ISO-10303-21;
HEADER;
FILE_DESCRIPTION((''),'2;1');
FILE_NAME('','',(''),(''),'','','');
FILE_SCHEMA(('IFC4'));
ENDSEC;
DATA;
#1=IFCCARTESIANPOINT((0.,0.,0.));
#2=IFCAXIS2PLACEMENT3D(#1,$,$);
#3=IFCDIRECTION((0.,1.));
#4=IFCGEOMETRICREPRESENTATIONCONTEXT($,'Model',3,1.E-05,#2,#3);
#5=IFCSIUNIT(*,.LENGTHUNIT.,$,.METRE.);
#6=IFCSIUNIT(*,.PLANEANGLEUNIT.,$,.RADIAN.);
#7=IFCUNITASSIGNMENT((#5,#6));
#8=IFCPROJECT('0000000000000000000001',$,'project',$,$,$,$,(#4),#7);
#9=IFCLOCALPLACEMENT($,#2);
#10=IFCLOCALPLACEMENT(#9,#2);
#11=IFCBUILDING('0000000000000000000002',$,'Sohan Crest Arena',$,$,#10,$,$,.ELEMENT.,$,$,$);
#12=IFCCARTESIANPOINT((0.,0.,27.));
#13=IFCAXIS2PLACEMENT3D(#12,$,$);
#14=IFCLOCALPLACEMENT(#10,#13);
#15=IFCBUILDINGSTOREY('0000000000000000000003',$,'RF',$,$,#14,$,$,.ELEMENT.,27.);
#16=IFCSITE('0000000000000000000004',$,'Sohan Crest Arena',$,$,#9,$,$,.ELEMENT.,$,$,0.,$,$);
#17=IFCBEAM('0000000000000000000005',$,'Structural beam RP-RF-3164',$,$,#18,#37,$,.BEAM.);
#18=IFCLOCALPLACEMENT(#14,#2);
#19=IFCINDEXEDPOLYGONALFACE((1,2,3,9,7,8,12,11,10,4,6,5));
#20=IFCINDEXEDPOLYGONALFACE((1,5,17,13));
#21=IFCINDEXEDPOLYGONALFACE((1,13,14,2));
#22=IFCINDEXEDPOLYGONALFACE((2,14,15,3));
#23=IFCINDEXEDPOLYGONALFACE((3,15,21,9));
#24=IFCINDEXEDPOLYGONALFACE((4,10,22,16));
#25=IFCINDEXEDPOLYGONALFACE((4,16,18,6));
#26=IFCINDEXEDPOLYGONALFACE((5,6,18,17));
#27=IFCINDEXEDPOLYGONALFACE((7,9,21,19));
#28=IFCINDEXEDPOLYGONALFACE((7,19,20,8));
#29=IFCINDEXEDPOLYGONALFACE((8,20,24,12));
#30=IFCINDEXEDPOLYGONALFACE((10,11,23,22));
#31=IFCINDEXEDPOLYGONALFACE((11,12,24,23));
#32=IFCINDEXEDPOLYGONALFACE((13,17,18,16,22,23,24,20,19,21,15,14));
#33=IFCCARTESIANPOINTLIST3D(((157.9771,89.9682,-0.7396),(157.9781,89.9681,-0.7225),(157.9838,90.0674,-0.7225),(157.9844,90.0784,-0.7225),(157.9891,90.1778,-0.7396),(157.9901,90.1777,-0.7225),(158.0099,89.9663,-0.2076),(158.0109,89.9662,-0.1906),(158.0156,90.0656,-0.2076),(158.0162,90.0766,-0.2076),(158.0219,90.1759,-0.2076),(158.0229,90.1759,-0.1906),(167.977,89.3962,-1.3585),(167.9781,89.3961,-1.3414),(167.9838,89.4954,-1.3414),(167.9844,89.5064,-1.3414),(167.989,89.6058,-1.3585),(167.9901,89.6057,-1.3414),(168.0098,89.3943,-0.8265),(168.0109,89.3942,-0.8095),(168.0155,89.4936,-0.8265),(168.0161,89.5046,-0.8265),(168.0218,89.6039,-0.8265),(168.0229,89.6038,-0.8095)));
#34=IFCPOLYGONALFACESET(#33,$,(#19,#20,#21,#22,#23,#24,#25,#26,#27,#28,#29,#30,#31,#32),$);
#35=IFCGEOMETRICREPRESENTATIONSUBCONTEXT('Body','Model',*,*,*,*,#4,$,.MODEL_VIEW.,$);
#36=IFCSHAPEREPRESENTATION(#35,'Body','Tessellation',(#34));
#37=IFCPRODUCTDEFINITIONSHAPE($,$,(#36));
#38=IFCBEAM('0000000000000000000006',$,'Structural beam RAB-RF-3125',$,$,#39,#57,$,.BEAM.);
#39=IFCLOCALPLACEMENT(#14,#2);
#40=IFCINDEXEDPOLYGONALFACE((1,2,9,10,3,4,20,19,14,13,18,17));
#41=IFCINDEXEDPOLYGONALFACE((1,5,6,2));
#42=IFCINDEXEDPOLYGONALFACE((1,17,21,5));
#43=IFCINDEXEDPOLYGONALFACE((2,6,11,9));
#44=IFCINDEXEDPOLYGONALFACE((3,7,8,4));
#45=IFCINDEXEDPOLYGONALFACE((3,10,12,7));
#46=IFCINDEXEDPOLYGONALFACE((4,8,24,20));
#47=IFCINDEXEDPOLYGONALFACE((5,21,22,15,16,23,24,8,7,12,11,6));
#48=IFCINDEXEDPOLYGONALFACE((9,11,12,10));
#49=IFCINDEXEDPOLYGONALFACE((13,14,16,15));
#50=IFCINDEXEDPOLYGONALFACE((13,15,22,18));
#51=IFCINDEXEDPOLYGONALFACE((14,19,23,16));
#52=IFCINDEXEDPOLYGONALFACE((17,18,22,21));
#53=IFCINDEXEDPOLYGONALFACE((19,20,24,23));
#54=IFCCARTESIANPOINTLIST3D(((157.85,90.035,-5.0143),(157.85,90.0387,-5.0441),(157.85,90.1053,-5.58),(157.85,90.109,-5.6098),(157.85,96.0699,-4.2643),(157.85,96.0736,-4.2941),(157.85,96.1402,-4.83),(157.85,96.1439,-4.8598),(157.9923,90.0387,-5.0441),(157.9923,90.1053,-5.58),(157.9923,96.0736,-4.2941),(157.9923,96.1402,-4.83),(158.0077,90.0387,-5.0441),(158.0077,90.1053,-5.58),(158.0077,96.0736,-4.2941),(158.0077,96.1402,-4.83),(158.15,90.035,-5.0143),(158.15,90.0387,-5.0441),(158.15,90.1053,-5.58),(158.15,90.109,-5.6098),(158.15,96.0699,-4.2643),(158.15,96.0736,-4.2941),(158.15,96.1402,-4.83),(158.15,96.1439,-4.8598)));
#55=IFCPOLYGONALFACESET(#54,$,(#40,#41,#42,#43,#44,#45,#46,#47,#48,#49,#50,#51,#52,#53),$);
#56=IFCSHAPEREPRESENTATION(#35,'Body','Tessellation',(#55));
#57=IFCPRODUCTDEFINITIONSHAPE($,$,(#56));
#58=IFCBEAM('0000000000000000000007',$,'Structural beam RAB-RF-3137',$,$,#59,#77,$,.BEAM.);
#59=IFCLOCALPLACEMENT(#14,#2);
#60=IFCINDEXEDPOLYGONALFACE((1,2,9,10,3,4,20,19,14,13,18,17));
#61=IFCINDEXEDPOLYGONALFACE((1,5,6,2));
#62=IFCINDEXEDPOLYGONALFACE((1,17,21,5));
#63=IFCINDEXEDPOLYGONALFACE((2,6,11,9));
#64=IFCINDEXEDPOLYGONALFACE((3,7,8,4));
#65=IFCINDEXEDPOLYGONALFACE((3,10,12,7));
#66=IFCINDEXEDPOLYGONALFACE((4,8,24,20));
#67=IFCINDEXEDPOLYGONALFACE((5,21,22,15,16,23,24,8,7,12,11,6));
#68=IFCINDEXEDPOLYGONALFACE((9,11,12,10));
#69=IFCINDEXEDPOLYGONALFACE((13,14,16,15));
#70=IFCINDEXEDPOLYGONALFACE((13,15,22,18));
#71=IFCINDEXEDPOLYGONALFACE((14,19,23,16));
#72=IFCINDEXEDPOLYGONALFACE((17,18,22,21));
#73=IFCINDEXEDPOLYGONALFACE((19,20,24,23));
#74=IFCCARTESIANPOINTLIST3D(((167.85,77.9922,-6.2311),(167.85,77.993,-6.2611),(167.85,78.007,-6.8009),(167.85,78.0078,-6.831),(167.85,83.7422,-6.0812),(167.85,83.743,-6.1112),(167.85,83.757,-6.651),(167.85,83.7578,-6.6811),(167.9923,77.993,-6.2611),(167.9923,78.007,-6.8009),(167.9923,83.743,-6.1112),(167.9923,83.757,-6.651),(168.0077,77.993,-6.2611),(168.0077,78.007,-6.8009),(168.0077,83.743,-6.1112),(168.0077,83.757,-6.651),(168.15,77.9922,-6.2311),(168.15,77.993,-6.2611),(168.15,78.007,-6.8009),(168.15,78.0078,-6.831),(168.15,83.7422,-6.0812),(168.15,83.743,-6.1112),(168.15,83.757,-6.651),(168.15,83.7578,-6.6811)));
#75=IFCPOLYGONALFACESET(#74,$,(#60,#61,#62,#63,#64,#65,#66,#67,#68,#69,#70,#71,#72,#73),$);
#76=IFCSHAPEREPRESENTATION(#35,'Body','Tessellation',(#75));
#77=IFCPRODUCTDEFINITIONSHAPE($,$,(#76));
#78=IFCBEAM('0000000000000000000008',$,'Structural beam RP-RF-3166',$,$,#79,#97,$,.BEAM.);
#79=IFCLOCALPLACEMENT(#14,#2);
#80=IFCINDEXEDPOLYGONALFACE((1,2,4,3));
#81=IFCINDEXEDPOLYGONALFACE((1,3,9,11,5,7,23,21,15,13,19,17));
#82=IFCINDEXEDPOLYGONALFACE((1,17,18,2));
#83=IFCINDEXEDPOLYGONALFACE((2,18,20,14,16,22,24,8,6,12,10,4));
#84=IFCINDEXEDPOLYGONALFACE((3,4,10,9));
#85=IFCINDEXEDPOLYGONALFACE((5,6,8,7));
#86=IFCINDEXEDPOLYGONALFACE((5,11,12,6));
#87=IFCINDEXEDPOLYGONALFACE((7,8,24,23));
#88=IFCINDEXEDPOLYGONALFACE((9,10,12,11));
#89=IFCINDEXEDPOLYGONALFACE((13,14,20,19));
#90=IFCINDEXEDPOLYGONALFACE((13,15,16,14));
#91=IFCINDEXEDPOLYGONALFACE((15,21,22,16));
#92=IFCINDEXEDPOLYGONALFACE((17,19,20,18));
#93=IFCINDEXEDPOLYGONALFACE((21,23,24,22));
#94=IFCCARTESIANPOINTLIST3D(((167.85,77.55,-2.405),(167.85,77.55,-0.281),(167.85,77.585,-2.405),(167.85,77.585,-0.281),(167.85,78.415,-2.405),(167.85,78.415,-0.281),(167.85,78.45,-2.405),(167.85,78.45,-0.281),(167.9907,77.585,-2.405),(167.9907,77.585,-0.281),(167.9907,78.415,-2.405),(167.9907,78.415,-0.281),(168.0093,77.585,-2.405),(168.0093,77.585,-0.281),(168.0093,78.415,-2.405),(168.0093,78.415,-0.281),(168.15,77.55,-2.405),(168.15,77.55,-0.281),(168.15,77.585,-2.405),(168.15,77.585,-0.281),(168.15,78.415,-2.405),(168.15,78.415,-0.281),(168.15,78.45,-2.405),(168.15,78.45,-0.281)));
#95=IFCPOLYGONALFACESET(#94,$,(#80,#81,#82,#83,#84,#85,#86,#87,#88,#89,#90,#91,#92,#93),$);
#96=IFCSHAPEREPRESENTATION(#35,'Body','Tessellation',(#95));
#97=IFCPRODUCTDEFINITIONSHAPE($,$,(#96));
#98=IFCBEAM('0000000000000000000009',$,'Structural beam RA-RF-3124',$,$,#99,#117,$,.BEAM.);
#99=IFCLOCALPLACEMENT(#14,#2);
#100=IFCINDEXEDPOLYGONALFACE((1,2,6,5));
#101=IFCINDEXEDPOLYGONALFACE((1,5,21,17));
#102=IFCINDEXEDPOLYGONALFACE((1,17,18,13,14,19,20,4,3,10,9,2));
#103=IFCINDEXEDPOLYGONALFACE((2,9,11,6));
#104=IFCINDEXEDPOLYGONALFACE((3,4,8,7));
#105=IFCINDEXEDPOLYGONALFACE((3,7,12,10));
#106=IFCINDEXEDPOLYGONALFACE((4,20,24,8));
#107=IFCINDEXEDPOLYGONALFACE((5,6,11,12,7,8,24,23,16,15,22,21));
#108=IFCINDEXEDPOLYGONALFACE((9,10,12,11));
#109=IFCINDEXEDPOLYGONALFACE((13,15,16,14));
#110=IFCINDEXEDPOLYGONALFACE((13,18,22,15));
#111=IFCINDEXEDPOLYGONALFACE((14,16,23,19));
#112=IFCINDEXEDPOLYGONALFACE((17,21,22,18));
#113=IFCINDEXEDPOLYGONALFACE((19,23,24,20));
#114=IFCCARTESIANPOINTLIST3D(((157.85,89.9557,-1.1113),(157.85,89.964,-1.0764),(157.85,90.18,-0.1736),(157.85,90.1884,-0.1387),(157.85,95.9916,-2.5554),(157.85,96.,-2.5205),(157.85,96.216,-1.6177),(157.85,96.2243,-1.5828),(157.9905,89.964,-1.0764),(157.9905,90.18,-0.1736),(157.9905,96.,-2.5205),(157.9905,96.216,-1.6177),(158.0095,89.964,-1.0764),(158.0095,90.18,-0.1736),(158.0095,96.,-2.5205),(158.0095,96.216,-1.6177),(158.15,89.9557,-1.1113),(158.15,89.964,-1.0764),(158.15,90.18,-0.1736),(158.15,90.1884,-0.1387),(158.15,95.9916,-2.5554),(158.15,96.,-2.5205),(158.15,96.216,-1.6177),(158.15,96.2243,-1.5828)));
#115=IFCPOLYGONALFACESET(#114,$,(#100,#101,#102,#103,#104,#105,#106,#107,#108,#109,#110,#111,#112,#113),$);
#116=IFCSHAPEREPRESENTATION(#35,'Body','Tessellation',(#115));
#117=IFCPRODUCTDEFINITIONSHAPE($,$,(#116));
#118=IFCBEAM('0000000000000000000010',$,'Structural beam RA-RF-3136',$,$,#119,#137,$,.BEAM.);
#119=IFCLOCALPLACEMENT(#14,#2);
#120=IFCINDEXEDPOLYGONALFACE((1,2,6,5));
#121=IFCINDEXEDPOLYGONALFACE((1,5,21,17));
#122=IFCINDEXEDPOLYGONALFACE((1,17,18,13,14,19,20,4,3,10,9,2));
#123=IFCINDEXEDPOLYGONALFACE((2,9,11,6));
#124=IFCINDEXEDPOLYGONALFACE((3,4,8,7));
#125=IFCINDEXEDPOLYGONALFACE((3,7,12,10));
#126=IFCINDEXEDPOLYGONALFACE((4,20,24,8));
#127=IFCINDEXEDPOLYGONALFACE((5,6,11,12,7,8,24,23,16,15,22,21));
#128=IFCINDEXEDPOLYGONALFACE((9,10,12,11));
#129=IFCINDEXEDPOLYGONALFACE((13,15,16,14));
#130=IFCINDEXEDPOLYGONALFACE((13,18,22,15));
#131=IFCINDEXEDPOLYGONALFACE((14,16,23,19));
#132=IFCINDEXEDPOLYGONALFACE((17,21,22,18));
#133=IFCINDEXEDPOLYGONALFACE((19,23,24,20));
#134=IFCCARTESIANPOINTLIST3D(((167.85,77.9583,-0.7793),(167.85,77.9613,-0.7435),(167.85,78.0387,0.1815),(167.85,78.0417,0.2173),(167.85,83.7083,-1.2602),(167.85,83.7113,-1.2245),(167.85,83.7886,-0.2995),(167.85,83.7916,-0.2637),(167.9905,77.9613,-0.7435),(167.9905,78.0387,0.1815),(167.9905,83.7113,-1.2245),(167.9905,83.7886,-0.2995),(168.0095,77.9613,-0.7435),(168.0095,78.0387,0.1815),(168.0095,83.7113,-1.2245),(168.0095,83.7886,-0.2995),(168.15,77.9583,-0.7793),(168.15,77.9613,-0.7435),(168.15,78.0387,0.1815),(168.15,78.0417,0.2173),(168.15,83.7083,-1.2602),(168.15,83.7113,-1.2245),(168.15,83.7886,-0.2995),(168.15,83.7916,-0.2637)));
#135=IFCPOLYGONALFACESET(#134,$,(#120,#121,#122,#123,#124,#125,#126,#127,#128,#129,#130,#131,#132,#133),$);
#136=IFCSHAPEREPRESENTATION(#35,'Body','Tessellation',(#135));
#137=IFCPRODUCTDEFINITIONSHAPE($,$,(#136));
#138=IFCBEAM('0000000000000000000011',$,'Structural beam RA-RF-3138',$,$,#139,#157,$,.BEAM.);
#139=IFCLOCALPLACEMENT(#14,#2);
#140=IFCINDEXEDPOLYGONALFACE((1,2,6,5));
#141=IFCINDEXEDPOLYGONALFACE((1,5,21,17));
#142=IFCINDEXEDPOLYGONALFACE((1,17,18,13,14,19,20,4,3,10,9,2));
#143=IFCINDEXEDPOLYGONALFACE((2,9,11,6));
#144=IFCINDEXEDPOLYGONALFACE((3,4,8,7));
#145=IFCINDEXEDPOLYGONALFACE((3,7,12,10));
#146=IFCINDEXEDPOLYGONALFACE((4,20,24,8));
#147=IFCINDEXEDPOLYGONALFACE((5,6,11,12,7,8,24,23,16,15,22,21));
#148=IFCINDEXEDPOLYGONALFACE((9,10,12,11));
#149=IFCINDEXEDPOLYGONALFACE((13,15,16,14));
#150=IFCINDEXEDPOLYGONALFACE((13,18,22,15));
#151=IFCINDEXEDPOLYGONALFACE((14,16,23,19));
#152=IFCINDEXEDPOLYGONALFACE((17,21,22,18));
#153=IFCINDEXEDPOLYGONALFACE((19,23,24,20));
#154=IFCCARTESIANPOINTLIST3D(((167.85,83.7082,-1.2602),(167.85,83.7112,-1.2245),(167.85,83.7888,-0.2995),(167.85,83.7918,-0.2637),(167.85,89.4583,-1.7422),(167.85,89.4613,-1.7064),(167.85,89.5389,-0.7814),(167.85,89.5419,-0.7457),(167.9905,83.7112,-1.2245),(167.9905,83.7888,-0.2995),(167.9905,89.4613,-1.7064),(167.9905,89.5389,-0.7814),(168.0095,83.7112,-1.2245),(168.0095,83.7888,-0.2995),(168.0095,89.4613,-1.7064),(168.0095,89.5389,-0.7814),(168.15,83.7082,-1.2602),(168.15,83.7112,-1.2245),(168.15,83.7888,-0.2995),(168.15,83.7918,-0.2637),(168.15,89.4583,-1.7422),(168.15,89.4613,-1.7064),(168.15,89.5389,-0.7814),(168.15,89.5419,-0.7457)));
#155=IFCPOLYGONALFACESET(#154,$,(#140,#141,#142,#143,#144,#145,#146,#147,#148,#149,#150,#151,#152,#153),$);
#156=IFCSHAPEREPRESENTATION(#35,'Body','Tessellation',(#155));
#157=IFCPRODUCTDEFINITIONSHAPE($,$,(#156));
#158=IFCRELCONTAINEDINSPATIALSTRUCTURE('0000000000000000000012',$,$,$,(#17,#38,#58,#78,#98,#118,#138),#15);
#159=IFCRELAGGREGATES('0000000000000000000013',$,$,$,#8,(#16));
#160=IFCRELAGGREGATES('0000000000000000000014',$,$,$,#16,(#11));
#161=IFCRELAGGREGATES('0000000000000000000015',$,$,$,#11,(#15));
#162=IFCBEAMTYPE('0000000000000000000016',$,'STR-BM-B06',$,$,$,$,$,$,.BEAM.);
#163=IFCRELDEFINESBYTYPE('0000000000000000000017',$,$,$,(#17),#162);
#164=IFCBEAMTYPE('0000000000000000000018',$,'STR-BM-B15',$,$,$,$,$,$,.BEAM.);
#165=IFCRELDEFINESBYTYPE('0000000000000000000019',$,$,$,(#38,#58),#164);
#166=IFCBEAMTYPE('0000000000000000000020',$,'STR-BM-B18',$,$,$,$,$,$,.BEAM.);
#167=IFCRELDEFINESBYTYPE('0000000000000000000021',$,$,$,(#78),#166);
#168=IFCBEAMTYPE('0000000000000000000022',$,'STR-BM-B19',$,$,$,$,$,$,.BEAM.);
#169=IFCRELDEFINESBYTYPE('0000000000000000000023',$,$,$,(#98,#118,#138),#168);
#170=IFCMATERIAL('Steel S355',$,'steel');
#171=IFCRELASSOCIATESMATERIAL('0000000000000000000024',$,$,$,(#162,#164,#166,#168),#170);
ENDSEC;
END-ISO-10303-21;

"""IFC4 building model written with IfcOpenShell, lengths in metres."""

from ifc_helpers import new_model, si_unit, direction, frame, origin, origin_2d, place, context, subcontext, project, spatial, i_section, extrude, material, material_profile, profile_set, type_object, element, save


model = new_model("IFC4")

# Units and contexts
model_context = context("Model", 3, precision=1e-05, world=origin(), true_north=direction((0.0, 1.0)))
body_context = subcontext(model_context, "Body", "Model", "MODEL_VIEW")
ifc_project = project(units=[si_unit("LENGTHUNIT", "METRE"), si_unit("PLANEANGLEUNIT", "RADIAN")], contexts=[model_context])

# Site, building, storey
site_placement = place(None, origin())
site = spatial("IfcSite", under=ifc_project, at=site_placement, Name="Sohan Crest Arena", CompositionType="ELEMENT", RefElevation=0.0)
building_placement = place(site_placement, origin())
building = spatial("IfcBuilding", under=site, at=building_placement, Name="Sohan Crest Arena", CompositionType="ELEMENT")
storey_placement = place(building_placement, frame((0.0, 0.0, 27.0)))
storey = spatial("IfcBuildingStorey", under=building, at=storey_placement, Name="RF", CompositionType="ELEMENT", Elevation=27.0)

# Beams
ifc_material_1 = material(Name="Steel S355", Category="steel")
ifc_material_profile_1 = material_profile(ifc_material_1, i_section(OverallWidth=0.21, OverallDepth=0.55, WebThickness=0.011, FlangeThickness=0.0171, at=origin_2d()), Name="IPE 550")
ifc_profile_set_1 = profile_set([ifc_material_profile_1], Name="Steel S355")
beam_type_1 = type_object("IfcBeamType", Name="STR-BM-B06", PredefinedType="BEAM", material=ifc_profile_set_1)
beam_1_placement = place(storey_placement, frame((158.0, 90.072, -0.4651), z_axis=(0.996468, -0.057, -0.061671), x_axis=(0.057109, 0.998368, 0.0)))
element("IfcBeam", 1, at=beam_1_placement, inside=storey, type_object=beam_type_1, Name="Structural beam RP-RF-3164", PredefinedType="BEAM", context=body_context, shape_type="SweptSolid", body=[
    extrude(i_section(OverallWidth=0.21, OverallDepth=0.55, WebThickness=0.011, FlangeThickness=0.0171, at=origin_2d()), origin(), (0.0, 0.0, 1.0), 10.0354),
])
ifc_material_profile_2 = material_profile(ifc_material_1, i_section(OverallWidth=0.3, OverallDepth=0.6001, WebThickness=0.0154, FlangeThickness=0.03, at=origin_2d()), Name="HEB 600")
ifc_profile_set_2 = profile_set([ifc_material_profile_2], Name="Steel S355")
beam_type_2 = type_object("IfcBeamType", Name="STR-BM-B15", PredefinedType="BEAM", material=ifc_profile_set_2)
beam_2_placement = place(storey_placement, frame((158.0, 90.072, -5.312), z_axis=(0.0, 0.992366, 0.123328), x_axis=(-1.0, 0.0, 0.0)))
element("IfcBeam", 2, at=beam_2_placement, inside=storey, type_object=beam_type_2, Name="Structural beam RAB-RF-3125", PredefinedType="BEAM", context=body_context, shape_type="SweptSolid", body=[
    extrude(i_section(OverallWidth=0.3, OverallDepth=0.6001, WebThickness=0.0154, FlangeThickness=0.03, at=origin_2d()), origin(), (0.0, 0.0, 1.0), 6.0813),
])
beam_3_placement = place(storey_placement, frame((168.0, 78.0, -6.531), z_axis=(0.0, 0.99966, 0.026061), x_axis=(-1.0, 0.0, 0.0)))
element("IfcBeam", 3, at=beam_3_placement, inside=storey, type_object=beam_type_2, Name="Structural beam RAB-RF-3137", PredefinedType="BEAM", context=body_context, shape_type="SweptSolid", body=[
    extrude(i_section(OverallWidth=0.3, OverallDepth=0.6001, WebThickness=0.0154, FlangeThickness=0.03, at=origin_2d()), origin(), (0.0, 0.0, 1.0), 5.752),
])
ifc_material_profile_3 = material_profile(ifc_material_1, i_section(OverallWidth=0.3, OverallDepth=0.8999, WebThickness=0.0186, FlangeThickness=0.0349, at=origin_2d()), Name="HEB 900")
ifc_profile_set_3 = profile_set([ifc_material_profile_3], Name="Steel S355")
beam_type_3 = type_object("IfcBeamType", Name="STR-BM-B18", PredefinedType="BEAM", material=ifc_profile_set_3)
beam_4_placement = place(storey_placement, frame((168.0, 78.0, -0.281), z_axis=(0.0, 0.0, -1.0), x_axis=(1.0, 0.0, 0.0)))
element("IfcBeam", 4, at=beam_4_placement, inside=storey, type_object=beam_type_3, Name="Structural beam RP-RF-3166", PredefinedType="BEAM", context=body_context, shape_type="SweptSolid", body=[
    extrude(i_section(OverallWidth=0.3, OverallDepth=0.8999, WebThickness=0.0186, FlangeThickness=0.0349, at=origin_2d()), origin(), (0.0, 0.0, 1.0), 2.124),
])
ifc_material_profile_4 = material_profile(ifc_material_1, i_section(OverallWidth=0.3, OverallDepth=1.0, WebThickness=0.019, FlangeThickness=0.0359, at=origin_2d()), Name="HEB 1000")
ifc_profile_set_4 = profile_set([ifc_material_profile_4], Name="Steel S355")
beam_type_4 = type_object("IfcBeamType", Name="STR-BM-B19", PredefinedType="BEAM", material=ifc_profile_set_4)
beam_5_placement = place(storey_placement, frame((158.0, 90.072, -0.625), z_axis=(0.0, 0.972552, -0.232684), x_axis=(-1.0, 0.0, 0.0)))
element("IfcBeam", 5, at=beam_5_placement, inside=storey, type_object=beam_type_4, Name="Structural beam RA-RF-3124", PredefinedType="BEAM", context=body_context, shape_type="SweptSolid", body=[
    extrude(i_section(OverallWidth=0.3, OverallDepth=1.0, WebThickness=0.019, FlangeThickness=0.0359, at=origin_2d()), origin(), (0.0, 0.0, 1.0), 6.2063),
])
beam_6_placement = place(storey_placement, frame((168.0, 78.0, -0.281), z_axis=(0.0, 0.99652, -0.083354), x_axis=(-1.0, 0.0, 0.0)))
element("IfcBeam", 6, at=beam_6_placement, inside=storey, type_object=beam_type_4, Name="Structural beam RA-RF-3136", PredefinedType="BEAM", context=body_context, shape_type="SweptSolid", body=[
    extrude(i_section(OverallWidth=0.3, OverallDepth=1.0, WebThickness=0.019, FlangeThickness=0.0359, at=origin_2d()), origin(), (0.0, 0.0, 1.0), 5.77),
])
beam_7_placement = place(storey_placement, frame((168.0, 83.75, -0.762), z_axis=(0.0, 0.996506, -0.083522), x_axis=(-1.0, 0.0, 0.0)))
element("IfcBeam", 7, at=beam_7_placement, inside=storey, type_object=beam_type_4, Name="Structural beam RA-RF-3138", PredefinedType="BEAM", context=body_context, shape_type="SweptSolid", body=[
    extrude(i_section(OverallWidth=0.3, OverallDepth=1.0, WebThickness=0.019, FlangeThickness=0.0359, at=origin_2d()), origin(), (0.0, 0.0, 1.0), 5.7703),
])

save(model, "model.ifc")
